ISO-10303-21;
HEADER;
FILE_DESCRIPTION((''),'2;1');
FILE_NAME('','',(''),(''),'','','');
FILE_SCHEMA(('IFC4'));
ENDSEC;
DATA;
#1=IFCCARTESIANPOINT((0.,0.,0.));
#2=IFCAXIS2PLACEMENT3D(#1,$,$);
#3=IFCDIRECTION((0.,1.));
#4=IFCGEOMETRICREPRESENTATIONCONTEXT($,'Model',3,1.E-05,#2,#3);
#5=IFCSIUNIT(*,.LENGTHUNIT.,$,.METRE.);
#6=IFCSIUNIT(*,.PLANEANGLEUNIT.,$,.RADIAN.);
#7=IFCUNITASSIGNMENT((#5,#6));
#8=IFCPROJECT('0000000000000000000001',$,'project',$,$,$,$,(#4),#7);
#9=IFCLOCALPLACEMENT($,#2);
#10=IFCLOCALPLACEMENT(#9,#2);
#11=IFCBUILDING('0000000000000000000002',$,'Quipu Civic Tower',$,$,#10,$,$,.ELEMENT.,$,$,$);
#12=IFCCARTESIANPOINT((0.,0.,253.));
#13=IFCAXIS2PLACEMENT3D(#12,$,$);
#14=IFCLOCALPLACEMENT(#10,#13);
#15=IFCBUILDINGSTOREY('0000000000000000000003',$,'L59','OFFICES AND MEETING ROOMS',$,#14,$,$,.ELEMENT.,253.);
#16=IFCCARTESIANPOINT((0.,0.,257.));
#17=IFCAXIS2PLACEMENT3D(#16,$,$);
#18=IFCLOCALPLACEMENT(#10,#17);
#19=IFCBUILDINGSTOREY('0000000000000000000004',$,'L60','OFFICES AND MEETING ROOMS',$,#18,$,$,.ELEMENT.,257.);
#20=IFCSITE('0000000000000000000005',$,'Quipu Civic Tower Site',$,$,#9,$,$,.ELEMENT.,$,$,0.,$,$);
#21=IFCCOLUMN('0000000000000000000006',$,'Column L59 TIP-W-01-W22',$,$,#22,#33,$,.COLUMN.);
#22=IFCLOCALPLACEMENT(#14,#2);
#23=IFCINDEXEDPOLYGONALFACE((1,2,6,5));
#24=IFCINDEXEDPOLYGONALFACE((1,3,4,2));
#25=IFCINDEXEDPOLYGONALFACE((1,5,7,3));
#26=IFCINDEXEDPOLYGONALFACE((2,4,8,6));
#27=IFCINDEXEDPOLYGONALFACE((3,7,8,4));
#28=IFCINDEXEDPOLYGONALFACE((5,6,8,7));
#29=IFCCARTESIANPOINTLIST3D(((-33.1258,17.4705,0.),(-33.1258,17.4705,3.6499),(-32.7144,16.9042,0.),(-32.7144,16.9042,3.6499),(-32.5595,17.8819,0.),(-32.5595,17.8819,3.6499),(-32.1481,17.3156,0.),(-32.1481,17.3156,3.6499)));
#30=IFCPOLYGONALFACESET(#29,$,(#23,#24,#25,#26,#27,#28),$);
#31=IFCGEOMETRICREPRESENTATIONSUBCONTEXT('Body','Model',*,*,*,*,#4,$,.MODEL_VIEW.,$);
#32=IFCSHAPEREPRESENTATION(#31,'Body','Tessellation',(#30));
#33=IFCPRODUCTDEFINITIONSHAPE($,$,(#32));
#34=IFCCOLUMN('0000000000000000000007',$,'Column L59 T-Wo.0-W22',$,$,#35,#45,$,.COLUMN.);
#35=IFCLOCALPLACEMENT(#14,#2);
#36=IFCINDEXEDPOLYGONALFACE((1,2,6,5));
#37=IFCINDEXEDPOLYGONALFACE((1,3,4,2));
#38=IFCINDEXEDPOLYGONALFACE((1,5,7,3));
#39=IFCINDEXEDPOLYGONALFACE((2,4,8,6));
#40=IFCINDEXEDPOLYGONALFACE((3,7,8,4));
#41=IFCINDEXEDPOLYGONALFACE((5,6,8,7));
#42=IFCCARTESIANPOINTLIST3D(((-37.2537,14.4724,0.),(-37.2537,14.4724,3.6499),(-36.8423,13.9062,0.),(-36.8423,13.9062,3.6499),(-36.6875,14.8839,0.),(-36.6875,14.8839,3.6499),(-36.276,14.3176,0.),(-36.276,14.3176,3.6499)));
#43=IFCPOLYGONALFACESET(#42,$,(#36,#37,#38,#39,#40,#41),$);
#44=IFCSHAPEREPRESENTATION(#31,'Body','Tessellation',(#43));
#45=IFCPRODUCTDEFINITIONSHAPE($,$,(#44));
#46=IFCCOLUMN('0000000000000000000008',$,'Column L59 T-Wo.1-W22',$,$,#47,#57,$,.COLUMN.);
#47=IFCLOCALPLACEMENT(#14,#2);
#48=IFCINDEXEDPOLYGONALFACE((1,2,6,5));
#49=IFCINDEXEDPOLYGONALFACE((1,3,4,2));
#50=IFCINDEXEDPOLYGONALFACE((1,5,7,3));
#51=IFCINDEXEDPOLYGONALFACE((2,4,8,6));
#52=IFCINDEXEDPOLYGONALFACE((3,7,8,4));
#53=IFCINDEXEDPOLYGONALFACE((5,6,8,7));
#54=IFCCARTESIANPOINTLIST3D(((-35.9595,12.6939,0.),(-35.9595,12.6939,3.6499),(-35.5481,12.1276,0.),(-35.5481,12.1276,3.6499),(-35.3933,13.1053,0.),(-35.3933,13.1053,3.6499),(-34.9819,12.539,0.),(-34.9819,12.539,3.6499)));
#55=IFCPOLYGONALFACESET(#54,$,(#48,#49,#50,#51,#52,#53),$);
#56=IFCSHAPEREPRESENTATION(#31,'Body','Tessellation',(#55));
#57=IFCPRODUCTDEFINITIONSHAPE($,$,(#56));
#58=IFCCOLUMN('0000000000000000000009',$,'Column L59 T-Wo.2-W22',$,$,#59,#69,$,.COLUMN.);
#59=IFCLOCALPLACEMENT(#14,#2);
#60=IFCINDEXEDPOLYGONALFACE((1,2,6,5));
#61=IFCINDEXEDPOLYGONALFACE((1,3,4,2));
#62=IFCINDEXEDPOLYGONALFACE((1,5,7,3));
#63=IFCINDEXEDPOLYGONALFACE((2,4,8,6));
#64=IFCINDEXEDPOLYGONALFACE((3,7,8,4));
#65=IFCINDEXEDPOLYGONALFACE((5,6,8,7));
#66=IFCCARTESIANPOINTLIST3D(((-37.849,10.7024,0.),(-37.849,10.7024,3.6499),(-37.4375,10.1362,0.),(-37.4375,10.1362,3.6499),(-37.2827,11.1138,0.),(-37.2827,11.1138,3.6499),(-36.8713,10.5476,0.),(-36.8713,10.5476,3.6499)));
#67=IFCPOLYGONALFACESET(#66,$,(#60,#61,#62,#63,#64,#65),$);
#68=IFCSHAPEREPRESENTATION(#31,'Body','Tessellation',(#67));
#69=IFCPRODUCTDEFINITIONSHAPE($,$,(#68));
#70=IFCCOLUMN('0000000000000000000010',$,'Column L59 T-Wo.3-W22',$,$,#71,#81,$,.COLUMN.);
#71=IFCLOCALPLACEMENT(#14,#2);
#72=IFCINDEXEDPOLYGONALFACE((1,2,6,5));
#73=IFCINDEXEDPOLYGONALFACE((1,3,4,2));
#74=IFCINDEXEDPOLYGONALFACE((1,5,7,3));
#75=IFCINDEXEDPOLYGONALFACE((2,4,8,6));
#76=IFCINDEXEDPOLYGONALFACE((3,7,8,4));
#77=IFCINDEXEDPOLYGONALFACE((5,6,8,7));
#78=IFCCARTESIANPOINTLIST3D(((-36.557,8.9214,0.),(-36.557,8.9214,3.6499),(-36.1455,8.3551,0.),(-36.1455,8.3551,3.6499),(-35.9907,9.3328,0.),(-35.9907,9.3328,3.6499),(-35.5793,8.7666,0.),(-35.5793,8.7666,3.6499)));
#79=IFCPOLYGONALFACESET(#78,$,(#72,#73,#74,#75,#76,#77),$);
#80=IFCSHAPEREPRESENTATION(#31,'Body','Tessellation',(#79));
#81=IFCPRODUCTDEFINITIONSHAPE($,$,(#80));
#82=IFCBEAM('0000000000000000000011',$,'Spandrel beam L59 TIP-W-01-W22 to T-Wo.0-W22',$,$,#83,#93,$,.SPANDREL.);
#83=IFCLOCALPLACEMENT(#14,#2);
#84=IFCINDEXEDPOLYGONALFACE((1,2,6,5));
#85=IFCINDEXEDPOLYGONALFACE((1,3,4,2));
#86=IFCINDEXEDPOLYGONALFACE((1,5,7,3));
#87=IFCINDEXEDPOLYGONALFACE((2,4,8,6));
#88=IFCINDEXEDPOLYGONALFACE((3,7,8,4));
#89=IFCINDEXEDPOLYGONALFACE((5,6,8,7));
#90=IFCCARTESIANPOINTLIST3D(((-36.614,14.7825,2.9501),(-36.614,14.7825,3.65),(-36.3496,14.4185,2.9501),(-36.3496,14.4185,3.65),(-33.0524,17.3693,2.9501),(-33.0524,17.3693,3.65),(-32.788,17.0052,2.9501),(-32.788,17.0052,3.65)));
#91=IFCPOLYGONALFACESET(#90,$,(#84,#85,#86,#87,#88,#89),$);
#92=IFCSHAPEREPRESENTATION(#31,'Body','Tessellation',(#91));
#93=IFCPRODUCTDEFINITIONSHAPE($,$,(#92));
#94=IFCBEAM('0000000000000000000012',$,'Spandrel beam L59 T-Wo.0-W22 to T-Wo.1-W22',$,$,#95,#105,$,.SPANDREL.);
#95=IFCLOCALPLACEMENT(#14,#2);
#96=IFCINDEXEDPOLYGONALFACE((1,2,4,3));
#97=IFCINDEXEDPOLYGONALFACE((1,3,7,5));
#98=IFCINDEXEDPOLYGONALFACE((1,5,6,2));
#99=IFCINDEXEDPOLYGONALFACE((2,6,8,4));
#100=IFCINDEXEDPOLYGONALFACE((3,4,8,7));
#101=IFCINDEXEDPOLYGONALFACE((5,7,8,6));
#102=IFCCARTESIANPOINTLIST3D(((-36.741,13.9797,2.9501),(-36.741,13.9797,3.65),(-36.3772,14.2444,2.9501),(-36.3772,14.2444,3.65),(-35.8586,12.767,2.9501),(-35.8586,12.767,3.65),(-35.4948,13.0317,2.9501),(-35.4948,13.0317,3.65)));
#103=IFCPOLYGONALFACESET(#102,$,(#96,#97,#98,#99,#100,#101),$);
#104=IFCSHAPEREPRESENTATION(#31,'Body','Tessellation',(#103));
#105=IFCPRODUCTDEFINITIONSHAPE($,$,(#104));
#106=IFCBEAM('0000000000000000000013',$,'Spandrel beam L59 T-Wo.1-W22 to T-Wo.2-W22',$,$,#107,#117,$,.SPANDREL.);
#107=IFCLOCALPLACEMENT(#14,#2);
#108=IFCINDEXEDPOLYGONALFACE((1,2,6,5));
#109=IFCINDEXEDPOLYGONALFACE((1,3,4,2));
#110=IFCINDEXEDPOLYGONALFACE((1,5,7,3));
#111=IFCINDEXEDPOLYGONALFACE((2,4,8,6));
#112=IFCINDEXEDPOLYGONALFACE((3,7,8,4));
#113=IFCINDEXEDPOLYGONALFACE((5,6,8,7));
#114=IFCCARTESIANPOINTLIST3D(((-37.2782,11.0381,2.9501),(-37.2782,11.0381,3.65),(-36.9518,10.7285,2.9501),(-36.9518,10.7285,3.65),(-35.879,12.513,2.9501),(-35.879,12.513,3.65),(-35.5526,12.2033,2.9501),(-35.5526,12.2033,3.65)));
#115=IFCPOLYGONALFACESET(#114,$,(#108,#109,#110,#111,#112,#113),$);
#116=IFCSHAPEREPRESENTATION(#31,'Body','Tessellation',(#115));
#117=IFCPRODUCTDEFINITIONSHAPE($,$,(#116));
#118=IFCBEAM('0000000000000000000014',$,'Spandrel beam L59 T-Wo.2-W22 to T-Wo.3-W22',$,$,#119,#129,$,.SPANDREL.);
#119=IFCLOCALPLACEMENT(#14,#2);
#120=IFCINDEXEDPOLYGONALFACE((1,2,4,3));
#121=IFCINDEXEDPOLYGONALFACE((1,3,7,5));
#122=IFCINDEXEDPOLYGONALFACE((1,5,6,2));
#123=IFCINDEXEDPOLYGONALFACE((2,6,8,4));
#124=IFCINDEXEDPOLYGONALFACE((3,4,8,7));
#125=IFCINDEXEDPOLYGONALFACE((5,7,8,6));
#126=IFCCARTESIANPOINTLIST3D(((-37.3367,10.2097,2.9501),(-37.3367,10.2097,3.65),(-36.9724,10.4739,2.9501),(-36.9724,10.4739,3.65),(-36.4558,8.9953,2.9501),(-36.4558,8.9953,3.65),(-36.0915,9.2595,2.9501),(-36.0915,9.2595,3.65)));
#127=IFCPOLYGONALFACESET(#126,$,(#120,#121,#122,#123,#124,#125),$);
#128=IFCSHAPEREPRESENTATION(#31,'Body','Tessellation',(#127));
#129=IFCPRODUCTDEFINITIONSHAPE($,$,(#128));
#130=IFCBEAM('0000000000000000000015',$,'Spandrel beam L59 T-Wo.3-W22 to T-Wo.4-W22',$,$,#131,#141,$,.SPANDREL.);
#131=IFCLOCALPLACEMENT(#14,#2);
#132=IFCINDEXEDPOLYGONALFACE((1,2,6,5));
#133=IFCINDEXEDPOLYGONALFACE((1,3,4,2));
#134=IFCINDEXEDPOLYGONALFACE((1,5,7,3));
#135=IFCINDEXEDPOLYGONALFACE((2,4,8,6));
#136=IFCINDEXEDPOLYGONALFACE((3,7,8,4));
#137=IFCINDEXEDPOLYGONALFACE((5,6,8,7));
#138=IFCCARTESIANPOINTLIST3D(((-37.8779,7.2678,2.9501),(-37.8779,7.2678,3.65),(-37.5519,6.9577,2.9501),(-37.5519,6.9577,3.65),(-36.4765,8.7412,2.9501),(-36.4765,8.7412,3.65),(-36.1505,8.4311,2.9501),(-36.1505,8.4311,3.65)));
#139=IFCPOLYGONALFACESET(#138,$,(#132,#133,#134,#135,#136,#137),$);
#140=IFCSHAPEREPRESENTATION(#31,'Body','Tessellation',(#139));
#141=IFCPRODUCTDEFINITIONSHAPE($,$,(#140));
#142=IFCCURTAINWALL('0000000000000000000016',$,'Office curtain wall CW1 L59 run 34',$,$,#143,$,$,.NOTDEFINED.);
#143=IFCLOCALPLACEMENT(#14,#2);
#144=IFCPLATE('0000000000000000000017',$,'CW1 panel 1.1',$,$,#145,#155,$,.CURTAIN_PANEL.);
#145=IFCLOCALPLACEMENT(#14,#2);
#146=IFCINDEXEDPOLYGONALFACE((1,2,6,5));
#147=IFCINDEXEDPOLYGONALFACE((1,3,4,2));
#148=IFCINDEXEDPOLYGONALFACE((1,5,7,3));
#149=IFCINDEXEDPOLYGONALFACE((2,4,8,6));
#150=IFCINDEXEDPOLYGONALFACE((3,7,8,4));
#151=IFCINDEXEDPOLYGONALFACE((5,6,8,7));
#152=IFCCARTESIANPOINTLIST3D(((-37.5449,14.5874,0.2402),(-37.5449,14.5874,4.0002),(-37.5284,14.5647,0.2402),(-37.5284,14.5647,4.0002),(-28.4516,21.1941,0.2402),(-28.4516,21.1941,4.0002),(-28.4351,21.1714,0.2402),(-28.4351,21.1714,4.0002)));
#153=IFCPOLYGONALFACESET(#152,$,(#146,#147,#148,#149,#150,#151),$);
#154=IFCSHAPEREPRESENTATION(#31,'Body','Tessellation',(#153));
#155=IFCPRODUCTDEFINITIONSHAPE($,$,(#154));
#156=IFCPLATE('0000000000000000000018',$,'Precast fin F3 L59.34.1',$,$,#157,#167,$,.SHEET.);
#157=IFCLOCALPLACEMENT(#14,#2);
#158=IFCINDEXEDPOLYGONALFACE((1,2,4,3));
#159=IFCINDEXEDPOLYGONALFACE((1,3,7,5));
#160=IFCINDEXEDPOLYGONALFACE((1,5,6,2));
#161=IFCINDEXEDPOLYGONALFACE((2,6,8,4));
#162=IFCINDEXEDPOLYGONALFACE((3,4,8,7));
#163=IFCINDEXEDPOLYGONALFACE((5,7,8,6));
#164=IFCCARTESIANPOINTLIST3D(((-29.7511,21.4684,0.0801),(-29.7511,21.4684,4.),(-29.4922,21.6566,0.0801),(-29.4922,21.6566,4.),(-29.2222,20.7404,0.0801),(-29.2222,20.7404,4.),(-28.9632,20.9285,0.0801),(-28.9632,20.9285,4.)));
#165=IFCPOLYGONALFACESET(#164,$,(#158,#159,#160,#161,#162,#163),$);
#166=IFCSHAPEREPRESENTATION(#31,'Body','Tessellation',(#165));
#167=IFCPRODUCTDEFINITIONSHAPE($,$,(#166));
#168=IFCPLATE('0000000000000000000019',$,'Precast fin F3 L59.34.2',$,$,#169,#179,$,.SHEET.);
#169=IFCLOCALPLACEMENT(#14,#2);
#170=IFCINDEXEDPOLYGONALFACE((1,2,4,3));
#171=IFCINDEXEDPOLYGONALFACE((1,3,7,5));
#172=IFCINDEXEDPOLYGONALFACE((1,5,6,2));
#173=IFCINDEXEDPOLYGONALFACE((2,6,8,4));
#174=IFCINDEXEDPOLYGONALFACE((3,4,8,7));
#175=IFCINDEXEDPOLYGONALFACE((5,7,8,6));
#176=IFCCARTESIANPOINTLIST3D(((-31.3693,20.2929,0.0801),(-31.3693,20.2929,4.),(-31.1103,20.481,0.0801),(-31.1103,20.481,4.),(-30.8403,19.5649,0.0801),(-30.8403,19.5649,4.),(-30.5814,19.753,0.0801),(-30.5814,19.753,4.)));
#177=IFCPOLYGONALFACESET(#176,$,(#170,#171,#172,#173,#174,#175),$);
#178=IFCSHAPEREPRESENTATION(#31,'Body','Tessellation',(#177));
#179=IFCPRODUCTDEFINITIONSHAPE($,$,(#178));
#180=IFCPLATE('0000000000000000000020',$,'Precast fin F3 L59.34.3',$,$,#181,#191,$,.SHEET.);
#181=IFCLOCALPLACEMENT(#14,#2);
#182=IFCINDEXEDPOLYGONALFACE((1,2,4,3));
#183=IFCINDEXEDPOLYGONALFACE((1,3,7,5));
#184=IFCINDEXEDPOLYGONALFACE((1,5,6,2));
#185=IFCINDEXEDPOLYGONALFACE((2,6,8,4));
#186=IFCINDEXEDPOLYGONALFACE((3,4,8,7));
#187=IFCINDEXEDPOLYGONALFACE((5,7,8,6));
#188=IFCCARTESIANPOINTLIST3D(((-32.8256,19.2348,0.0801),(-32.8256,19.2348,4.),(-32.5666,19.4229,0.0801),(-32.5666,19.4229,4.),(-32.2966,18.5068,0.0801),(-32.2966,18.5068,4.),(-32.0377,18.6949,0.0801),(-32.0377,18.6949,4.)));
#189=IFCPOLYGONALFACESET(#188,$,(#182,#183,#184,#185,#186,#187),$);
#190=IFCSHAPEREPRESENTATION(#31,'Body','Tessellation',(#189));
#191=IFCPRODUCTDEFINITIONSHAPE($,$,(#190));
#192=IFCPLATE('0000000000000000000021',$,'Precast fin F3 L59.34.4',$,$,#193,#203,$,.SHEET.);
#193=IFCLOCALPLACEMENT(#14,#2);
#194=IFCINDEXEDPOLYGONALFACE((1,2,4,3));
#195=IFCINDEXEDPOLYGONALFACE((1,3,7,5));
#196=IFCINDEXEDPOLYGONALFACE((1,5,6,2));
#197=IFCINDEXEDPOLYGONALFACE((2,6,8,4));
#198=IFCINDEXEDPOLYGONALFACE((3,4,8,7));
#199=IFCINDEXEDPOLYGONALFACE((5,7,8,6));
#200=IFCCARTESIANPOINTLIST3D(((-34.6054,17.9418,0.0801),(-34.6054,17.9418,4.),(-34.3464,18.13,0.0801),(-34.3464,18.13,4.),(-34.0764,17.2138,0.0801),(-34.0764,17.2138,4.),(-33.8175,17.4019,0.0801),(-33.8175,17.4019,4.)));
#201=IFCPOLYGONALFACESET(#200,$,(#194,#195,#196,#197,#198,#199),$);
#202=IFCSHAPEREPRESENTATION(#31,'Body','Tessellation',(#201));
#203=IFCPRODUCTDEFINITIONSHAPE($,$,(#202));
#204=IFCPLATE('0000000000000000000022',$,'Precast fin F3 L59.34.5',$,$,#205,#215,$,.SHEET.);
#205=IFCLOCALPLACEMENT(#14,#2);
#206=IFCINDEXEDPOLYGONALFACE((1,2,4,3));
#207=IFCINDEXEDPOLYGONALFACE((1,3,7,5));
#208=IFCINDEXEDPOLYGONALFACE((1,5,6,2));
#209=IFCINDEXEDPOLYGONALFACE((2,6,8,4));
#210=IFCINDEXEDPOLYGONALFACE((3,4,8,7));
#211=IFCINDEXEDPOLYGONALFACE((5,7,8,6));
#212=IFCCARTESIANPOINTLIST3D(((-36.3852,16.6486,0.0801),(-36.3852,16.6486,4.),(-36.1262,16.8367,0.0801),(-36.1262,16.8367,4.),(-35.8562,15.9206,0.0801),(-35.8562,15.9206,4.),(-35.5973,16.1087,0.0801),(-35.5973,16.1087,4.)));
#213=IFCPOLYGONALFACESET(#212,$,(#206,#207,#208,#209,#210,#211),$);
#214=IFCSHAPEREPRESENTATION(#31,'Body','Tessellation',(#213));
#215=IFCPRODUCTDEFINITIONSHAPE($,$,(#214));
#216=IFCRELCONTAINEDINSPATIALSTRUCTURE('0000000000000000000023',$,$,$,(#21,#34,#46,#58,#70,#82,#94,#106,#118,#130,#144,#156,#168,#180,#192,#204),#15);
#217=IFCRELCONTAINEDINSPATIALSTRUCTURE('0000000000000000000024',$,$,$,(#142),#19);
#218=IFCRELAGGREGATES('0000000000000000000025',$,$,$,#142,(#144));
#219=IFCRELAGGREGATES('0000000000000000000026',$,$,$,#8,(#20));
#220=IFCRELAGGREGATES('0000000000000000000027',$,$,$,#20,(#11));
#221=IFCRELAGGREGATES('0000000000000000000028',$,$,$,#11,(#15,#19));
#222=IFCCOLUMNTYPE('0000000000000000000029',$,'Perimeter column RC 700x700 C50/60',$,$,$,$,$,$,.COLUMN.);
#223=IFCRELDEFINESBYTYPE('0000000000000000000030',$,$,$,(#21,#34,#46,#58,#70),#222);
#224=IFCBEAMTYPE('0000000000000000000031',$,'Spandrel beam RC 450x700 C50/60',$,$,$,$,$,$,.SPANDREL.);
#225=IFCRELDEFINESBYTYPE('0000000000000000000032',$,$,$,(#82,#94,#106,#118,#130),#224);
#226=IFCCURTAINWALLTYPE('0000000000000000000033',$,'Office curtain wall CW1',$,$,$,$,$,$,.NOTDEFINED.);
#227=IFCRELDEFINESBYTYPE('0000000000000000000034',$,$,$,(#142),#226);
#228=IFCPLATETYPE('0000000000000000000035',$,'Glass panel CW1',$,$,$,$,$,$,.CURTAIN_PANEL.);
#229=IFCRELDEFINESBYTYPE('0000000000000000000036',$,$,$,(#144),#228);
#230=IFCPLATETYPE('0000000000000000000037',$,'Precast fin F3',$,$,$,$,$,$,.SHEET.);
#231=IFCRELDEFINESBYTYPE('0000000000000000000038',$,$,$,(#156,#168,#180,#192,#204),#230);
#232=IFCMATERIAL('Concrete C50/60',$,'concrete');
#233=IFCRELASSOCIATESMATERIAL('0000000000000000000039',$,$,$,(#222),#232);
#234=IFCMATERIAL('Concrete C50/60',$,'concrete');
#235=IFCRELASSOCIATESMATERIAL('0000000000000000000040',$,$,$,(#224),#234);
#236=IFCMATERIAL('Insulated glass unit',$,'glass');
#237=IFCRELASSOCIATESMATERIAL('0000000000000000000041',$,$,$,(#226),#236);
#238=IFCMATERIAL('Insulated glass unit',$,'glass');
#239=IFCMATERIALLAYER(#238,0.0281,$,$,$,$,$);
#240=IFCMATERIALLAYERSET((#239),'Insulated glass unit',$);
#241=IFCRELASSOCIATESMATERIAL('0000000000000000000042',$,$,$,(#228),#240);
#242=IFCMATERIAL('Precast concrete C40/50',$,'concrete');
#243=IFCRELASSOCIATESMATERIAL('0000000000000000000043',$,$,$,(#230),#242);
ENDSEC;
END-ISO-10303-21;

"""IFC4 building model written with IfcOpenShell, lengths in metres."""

from ifc_helpers import new_model, si_unit, direction, frame, origin, origin_2d, place, context, subcontext, project, spatial, rectangle, extrude, material, layer, layer_set, material_profile, profile_set, type_object, element, aggregate, save


model = new_model("IFC4")

# Units and contexts
model_context = context("Model", 3, precision=1e-05, world=origin(), true_north=direction((0.0, 1.0)))
body_context = subcontext(model_context, "Body", "Model", "MODEL_VIEW")
ifc_project = project(units=[si_unit("LENGTHUNIT", "METRE"), si_unit("PLANEANGLEUNIT", "RADIAN")], contexts=[model_context])

# Site, building, storey
site_placement = place(None, origin())
site = spatial("IfcSite", under=ifc_project, at=site_placement, Name="Quipu Civic Tower Site", CompositionType="ELEMENT", RefElevation=0.0)
building_placement = place(site_placement, origin())
building = spatial("IfcBuilding", under=site, at=building_placement, Name="Quipu Civic Tower", CompositionType="ELEMENT")
storey_1_placement = place(building_placement, frame((0.0, 0.0, 253.0)))
storey_1 = spatial("IfcBuildingStorey", under=building, at=storey_1_placement, Name="L59", Description="OFFICES AND MEETING ROOMS", CompositionType="ELEMENT", Elevation=253.0)

# Columns
ifc_material_1 = material(Name="Concrete C50/60", Category="concrete")
ifc_material_profile_1 = material_profile(ifc_material_1, rectangle(XDim=0.7, YDim=0.7, at=origin_2d()), Name="RC700x700")
ifc_profile_set_1 = profile_set([ifc_material_profile_1], Name="Concrete C50/60")
column_type = type_object("IfcColumnType", Name="Perimeter column RC 700x700 C50/60", PredefinedType="COLUMN", material=ifc_profile_set_1)
for number, where, z_axis, x_axis, name in (
    (1, (-32.637, 17.3931, 0.0), (0.0, 0.0, 1.0), (-0.809017, -0.587785, 0.0), "Column L59 TIP-W-01-W22"),
    (2, (-36.7649, 14.395, 0.0), (0.0, 0.0, 1.0), (0.587785, -0.809017, 0.0), "Column L59 T-Wo.0-W22"),
    (3, (-35.4707, 12.6165, 0.0), (0.0, 0.0, 1.0), (-0.809017, -0.587785, 0.0), "Column L59 T-Wo.1-W22"),
    (4, (-37.3601, 10.625, 0.0), (0.0, 0.0, 1.0), (0.587785, -0.809017, 0.0), "Column L59 T-Wo.2-W22"),
    (5, (-36.0681, 8.844, 0.0), (0.0, 0.0, 1.0), (0.587785, -0.809017, 0.0), "Column L59 T-Wo.3-W22"),
):
    element("IfcColumn", number, at=place(storey_1_placement, frame(where, z_axis=z_axis, x_axis=x_axis)), inside=storey_1, type_object=column_type, Name=name, PredefinedType="COLUMN", context=body_context, shape_type="SweptSolid", body=[
        extrude(rectangle(XDim=0.7, YDim=0.7, at=origin_2d()), origin(), (0.0, 0.0, 1.0), 3.6499),
    ])

# Beams
ifc_material_2 = material(Name="Concrete C50/60", Category="concrete")
ifc_material_profile_2 = material_profile(ifc_material_2, rectangle(XDim=0.45, YDim=0.7, at=origin_2d()), Name="RC450x700")
ifc_profile_set_2 = profile_set([ifc_material_profile_2], Name="Concrete C50/60")
beam_type = type_object("IfcBeamType", Name="Spandrel beam RC 450x700 C50/60", PredefinedType="SPANDREL", material=ifc_profile_set_2)
beam_1_placement = place(storey_1_placement, frame((-32.9202, 17.1873, 3.3), z_axis=(-0.809117, -0.587647, 0.0), x_axis=(0.587647, -0.809117, 0.0)))
element("IfcBeam", 6, at=beam_1_placement, inside=storey_1, type_object=beam_type, Name="Spandrel beam L59 TIP-W-01-W22 to T-Wo.0-W22", PredefinedType="SPANDREL", context=body_context, shape_type="SweptSolid", body=[
    extrude(rectangle(XDim=0.45, YDim=0.7, at=origin_2d()), origin(), (0.0, 0.0, 1.0), 4.4019),
])
beam_2_placement = place(storey_1_placement, frame((-36.5591, 14.1121, 3.3), z_axis=(0.588346, -0.808609, 0.0), x_axis=(0.808609, 0.588346, 0.0)))
element("IfcBeam", 7, at=beam_2_placement, inside=storey_1, type_object=beam_type, Name="Spandrel beam L59 T-Wo.0-W22 to T-Wo.1-W22", PredefinedType="SPANDREL", context=body_context, shape_type="SweptSolid", body=[
    extrude(rectangle(XDim=0.45, YDim=0.7, at=origin_2d()), origin(), (0.0, 0.0, 1.0), 1.4998),
])
beam_3_placement = place(storey_1_placement, frame((-35.7158, 12.3582, 3.3), z_axis=(-0.688247, -0.725476, 0.0), x_axis=(0.725476, -0.688247, 0.0)))
element("IfcBeam", 8, at=beam_3_placement, inside=storey_1, type_object=beam_type, Name="Spandrel beam L59 T-Wo.1-W22 to T-Wo.2-W22", PredefinedType="SPANDREL", context=body_context, shape_type="SweptSolid", body=[
    extrude(rectangle(XDim=0.45, YDim=0.7, at=origin_2d()), origin(), (0.0, 0.0, 1.0), 2.033),
])
beam_4_placement = place(storey_1_placement, frame((-37.1545, 10.3418, 3.3), z_axis=(0.587165, -0.809467, 0.0), x_axis=(0.809467, 0.587165, 0.0)))
element("IfcBeam", 9, at=beam_4_placement, inside=storey_1, type_object=beam_type, Name="Spandrel beam L59 T-Wo.2-W22 to T-Wo.3-W22", PredefinedType="SPANDREL", context=body_context, shape_type="SweptSolid", body=[
    extrude(rectangle(XDim=0.45, YDim=0.7, at=origin_2d()), origin(), (0.0, 0.0, 1.0), 1.5002),
])
beam_5_placement = place(storey_1_placement, frame((-36.3135, 8.5862, 3.3), z_axis=(-0.689175, -0.724595, 0.0), x_axis=(0.724595, -0.689175, 0.0)))
element("IfcBeam", 10, at=beam_5_placement, inside=storey_1, type_object=beam_type, Name="Spandrel beam L59 T-Wo.3-W22 to T-Wo.4-W22", PredefinedType="SPANDREL", context=body_context, shape_type="SweptSolid", body=[
    extrude(rectangle(XDim=0.45, YDim=0.7, at=origin_2d()), origin(), (0.0, 0.0, 1.0), 2.0334),
])

# Shared definitions
storey_2_placement = place(building_placement, frame((0.0, 0.0, 257.0)))
storey_2 = spatial("IfcBuildingStorey", under=building, at=storey_2_placement, Name="L60", Description="OFFICES AND MEETING ROOMS", CompositionType="ELEMENT", Elevation=257.0)

# Curtain wall, plate
ifc_material_3 = material(Name="Insulated glass unit", Category="glass")
curtain_wall_type = type_object("IfcCurtainWallType", Name="Office curtain wall CW1", PredefinedType="NOTDEFINED", material=ifc_material_3)
curtain_wall_placement = place(storey_2_placement, origin())
curtain_wall = element("IfcCurtainWall", 11, at=curtain_wall_placement, inside=storey_2, type_object=curtain_wall_type, Name="Office curtain wall CW1 L59 run 34", PredefinedType="NOTDEFINED")
ifc_material_4 = material(Name="Insulated glass unit", Category="glass")
ifc_layer = layer(ifc_material_4, 0.0281)
ifc_layer_set = layer_set([ifc_layer], Name="Insulated glass unit")
plate_type_1 = type_object("IfcPlateType", Name="Glass panel CW1", PredefinedType="CURTAIN_PANEL", material=ifc_layer_set)
plate_placement = place(storey_1_placement, frame((-32.99, 17.8794, 0.2402), z_axis=(0.0, 0.0, 1.0), x_axis=(-0.809015, -0.587788, 0.0)))
plate = element("IfcPlate", 12, at=plate_placement, inside=storey_1, type_object=plate_type_1, Name="CW1 panel 1.1", PredefinedType="CURTAIN_PANEL", context=body_context, shape_type="SweptSolid", body=[
    extrude(rectangle(XDim=11.24, YDim=0.0281, at=origin_2d()), origin(), (0.0, 0.0, 1.0), 3.76),
])
aggregate(curtain_wall, [plate])

# Plates
ifc_material_5 = material(Name="Precast concrete C40/50", Category="concrete")
plate_type_2 = type_object("IfcPlateType", Name="Precast fin F3", PredefinedType="SHEET", material=ifc_material_5)
for number, where, z_axis, x_axis, name in (
    (13, (-29.3572, 21.1985, 0.0801), (0.0, 0.0, 1.0), (-0.809017, -0.587785, 0.0), "Precast fin F3 L59.34.1"),
    (14, (-30.9753, 20.0229, 0.0801), (0.0, 0.0, 1.0), (-0.809017, -0.587785, 0.0), "Precast fin F3 L59.34.2"),
    (15, (-32.4316, 18.9648, 0.0801), (0.0, 0.0, 1.0), (-0.809017, -0.587785, 0.0), "Precast fin F3 L59.34.3"),
    (16, (-34.2114, 17.6719, 0.0801), (0.0, 0.0, 1.0), (-0.809017, -0.587785, 0.0), "Precast fin F3 L59.34.4"),
    (17, (-35.9912, 16.3787, 0.0801), (0.0, 0.0, 1.0), (-0.809017, -0.587785, 0.0), "Precast fin F3 L59.34.5"),
):
    element("IfcPlate", number, at=place(storey_1_placement, frame(where, z_axis=z_axis, x_axis=x_axis)), inside=storey_1, type_object=plate_type_2, Name=name, PredefinedType="SHEET", context=body_context, shape_type="SweptSolid", body=[
        extrude(rectangle(XDim=0.3201, YDim=0.8999, at=origin_2d()), origin(), (0.0, 0.0, 1.0), 3.9199),
    ])

save(model, "model.ifc")
